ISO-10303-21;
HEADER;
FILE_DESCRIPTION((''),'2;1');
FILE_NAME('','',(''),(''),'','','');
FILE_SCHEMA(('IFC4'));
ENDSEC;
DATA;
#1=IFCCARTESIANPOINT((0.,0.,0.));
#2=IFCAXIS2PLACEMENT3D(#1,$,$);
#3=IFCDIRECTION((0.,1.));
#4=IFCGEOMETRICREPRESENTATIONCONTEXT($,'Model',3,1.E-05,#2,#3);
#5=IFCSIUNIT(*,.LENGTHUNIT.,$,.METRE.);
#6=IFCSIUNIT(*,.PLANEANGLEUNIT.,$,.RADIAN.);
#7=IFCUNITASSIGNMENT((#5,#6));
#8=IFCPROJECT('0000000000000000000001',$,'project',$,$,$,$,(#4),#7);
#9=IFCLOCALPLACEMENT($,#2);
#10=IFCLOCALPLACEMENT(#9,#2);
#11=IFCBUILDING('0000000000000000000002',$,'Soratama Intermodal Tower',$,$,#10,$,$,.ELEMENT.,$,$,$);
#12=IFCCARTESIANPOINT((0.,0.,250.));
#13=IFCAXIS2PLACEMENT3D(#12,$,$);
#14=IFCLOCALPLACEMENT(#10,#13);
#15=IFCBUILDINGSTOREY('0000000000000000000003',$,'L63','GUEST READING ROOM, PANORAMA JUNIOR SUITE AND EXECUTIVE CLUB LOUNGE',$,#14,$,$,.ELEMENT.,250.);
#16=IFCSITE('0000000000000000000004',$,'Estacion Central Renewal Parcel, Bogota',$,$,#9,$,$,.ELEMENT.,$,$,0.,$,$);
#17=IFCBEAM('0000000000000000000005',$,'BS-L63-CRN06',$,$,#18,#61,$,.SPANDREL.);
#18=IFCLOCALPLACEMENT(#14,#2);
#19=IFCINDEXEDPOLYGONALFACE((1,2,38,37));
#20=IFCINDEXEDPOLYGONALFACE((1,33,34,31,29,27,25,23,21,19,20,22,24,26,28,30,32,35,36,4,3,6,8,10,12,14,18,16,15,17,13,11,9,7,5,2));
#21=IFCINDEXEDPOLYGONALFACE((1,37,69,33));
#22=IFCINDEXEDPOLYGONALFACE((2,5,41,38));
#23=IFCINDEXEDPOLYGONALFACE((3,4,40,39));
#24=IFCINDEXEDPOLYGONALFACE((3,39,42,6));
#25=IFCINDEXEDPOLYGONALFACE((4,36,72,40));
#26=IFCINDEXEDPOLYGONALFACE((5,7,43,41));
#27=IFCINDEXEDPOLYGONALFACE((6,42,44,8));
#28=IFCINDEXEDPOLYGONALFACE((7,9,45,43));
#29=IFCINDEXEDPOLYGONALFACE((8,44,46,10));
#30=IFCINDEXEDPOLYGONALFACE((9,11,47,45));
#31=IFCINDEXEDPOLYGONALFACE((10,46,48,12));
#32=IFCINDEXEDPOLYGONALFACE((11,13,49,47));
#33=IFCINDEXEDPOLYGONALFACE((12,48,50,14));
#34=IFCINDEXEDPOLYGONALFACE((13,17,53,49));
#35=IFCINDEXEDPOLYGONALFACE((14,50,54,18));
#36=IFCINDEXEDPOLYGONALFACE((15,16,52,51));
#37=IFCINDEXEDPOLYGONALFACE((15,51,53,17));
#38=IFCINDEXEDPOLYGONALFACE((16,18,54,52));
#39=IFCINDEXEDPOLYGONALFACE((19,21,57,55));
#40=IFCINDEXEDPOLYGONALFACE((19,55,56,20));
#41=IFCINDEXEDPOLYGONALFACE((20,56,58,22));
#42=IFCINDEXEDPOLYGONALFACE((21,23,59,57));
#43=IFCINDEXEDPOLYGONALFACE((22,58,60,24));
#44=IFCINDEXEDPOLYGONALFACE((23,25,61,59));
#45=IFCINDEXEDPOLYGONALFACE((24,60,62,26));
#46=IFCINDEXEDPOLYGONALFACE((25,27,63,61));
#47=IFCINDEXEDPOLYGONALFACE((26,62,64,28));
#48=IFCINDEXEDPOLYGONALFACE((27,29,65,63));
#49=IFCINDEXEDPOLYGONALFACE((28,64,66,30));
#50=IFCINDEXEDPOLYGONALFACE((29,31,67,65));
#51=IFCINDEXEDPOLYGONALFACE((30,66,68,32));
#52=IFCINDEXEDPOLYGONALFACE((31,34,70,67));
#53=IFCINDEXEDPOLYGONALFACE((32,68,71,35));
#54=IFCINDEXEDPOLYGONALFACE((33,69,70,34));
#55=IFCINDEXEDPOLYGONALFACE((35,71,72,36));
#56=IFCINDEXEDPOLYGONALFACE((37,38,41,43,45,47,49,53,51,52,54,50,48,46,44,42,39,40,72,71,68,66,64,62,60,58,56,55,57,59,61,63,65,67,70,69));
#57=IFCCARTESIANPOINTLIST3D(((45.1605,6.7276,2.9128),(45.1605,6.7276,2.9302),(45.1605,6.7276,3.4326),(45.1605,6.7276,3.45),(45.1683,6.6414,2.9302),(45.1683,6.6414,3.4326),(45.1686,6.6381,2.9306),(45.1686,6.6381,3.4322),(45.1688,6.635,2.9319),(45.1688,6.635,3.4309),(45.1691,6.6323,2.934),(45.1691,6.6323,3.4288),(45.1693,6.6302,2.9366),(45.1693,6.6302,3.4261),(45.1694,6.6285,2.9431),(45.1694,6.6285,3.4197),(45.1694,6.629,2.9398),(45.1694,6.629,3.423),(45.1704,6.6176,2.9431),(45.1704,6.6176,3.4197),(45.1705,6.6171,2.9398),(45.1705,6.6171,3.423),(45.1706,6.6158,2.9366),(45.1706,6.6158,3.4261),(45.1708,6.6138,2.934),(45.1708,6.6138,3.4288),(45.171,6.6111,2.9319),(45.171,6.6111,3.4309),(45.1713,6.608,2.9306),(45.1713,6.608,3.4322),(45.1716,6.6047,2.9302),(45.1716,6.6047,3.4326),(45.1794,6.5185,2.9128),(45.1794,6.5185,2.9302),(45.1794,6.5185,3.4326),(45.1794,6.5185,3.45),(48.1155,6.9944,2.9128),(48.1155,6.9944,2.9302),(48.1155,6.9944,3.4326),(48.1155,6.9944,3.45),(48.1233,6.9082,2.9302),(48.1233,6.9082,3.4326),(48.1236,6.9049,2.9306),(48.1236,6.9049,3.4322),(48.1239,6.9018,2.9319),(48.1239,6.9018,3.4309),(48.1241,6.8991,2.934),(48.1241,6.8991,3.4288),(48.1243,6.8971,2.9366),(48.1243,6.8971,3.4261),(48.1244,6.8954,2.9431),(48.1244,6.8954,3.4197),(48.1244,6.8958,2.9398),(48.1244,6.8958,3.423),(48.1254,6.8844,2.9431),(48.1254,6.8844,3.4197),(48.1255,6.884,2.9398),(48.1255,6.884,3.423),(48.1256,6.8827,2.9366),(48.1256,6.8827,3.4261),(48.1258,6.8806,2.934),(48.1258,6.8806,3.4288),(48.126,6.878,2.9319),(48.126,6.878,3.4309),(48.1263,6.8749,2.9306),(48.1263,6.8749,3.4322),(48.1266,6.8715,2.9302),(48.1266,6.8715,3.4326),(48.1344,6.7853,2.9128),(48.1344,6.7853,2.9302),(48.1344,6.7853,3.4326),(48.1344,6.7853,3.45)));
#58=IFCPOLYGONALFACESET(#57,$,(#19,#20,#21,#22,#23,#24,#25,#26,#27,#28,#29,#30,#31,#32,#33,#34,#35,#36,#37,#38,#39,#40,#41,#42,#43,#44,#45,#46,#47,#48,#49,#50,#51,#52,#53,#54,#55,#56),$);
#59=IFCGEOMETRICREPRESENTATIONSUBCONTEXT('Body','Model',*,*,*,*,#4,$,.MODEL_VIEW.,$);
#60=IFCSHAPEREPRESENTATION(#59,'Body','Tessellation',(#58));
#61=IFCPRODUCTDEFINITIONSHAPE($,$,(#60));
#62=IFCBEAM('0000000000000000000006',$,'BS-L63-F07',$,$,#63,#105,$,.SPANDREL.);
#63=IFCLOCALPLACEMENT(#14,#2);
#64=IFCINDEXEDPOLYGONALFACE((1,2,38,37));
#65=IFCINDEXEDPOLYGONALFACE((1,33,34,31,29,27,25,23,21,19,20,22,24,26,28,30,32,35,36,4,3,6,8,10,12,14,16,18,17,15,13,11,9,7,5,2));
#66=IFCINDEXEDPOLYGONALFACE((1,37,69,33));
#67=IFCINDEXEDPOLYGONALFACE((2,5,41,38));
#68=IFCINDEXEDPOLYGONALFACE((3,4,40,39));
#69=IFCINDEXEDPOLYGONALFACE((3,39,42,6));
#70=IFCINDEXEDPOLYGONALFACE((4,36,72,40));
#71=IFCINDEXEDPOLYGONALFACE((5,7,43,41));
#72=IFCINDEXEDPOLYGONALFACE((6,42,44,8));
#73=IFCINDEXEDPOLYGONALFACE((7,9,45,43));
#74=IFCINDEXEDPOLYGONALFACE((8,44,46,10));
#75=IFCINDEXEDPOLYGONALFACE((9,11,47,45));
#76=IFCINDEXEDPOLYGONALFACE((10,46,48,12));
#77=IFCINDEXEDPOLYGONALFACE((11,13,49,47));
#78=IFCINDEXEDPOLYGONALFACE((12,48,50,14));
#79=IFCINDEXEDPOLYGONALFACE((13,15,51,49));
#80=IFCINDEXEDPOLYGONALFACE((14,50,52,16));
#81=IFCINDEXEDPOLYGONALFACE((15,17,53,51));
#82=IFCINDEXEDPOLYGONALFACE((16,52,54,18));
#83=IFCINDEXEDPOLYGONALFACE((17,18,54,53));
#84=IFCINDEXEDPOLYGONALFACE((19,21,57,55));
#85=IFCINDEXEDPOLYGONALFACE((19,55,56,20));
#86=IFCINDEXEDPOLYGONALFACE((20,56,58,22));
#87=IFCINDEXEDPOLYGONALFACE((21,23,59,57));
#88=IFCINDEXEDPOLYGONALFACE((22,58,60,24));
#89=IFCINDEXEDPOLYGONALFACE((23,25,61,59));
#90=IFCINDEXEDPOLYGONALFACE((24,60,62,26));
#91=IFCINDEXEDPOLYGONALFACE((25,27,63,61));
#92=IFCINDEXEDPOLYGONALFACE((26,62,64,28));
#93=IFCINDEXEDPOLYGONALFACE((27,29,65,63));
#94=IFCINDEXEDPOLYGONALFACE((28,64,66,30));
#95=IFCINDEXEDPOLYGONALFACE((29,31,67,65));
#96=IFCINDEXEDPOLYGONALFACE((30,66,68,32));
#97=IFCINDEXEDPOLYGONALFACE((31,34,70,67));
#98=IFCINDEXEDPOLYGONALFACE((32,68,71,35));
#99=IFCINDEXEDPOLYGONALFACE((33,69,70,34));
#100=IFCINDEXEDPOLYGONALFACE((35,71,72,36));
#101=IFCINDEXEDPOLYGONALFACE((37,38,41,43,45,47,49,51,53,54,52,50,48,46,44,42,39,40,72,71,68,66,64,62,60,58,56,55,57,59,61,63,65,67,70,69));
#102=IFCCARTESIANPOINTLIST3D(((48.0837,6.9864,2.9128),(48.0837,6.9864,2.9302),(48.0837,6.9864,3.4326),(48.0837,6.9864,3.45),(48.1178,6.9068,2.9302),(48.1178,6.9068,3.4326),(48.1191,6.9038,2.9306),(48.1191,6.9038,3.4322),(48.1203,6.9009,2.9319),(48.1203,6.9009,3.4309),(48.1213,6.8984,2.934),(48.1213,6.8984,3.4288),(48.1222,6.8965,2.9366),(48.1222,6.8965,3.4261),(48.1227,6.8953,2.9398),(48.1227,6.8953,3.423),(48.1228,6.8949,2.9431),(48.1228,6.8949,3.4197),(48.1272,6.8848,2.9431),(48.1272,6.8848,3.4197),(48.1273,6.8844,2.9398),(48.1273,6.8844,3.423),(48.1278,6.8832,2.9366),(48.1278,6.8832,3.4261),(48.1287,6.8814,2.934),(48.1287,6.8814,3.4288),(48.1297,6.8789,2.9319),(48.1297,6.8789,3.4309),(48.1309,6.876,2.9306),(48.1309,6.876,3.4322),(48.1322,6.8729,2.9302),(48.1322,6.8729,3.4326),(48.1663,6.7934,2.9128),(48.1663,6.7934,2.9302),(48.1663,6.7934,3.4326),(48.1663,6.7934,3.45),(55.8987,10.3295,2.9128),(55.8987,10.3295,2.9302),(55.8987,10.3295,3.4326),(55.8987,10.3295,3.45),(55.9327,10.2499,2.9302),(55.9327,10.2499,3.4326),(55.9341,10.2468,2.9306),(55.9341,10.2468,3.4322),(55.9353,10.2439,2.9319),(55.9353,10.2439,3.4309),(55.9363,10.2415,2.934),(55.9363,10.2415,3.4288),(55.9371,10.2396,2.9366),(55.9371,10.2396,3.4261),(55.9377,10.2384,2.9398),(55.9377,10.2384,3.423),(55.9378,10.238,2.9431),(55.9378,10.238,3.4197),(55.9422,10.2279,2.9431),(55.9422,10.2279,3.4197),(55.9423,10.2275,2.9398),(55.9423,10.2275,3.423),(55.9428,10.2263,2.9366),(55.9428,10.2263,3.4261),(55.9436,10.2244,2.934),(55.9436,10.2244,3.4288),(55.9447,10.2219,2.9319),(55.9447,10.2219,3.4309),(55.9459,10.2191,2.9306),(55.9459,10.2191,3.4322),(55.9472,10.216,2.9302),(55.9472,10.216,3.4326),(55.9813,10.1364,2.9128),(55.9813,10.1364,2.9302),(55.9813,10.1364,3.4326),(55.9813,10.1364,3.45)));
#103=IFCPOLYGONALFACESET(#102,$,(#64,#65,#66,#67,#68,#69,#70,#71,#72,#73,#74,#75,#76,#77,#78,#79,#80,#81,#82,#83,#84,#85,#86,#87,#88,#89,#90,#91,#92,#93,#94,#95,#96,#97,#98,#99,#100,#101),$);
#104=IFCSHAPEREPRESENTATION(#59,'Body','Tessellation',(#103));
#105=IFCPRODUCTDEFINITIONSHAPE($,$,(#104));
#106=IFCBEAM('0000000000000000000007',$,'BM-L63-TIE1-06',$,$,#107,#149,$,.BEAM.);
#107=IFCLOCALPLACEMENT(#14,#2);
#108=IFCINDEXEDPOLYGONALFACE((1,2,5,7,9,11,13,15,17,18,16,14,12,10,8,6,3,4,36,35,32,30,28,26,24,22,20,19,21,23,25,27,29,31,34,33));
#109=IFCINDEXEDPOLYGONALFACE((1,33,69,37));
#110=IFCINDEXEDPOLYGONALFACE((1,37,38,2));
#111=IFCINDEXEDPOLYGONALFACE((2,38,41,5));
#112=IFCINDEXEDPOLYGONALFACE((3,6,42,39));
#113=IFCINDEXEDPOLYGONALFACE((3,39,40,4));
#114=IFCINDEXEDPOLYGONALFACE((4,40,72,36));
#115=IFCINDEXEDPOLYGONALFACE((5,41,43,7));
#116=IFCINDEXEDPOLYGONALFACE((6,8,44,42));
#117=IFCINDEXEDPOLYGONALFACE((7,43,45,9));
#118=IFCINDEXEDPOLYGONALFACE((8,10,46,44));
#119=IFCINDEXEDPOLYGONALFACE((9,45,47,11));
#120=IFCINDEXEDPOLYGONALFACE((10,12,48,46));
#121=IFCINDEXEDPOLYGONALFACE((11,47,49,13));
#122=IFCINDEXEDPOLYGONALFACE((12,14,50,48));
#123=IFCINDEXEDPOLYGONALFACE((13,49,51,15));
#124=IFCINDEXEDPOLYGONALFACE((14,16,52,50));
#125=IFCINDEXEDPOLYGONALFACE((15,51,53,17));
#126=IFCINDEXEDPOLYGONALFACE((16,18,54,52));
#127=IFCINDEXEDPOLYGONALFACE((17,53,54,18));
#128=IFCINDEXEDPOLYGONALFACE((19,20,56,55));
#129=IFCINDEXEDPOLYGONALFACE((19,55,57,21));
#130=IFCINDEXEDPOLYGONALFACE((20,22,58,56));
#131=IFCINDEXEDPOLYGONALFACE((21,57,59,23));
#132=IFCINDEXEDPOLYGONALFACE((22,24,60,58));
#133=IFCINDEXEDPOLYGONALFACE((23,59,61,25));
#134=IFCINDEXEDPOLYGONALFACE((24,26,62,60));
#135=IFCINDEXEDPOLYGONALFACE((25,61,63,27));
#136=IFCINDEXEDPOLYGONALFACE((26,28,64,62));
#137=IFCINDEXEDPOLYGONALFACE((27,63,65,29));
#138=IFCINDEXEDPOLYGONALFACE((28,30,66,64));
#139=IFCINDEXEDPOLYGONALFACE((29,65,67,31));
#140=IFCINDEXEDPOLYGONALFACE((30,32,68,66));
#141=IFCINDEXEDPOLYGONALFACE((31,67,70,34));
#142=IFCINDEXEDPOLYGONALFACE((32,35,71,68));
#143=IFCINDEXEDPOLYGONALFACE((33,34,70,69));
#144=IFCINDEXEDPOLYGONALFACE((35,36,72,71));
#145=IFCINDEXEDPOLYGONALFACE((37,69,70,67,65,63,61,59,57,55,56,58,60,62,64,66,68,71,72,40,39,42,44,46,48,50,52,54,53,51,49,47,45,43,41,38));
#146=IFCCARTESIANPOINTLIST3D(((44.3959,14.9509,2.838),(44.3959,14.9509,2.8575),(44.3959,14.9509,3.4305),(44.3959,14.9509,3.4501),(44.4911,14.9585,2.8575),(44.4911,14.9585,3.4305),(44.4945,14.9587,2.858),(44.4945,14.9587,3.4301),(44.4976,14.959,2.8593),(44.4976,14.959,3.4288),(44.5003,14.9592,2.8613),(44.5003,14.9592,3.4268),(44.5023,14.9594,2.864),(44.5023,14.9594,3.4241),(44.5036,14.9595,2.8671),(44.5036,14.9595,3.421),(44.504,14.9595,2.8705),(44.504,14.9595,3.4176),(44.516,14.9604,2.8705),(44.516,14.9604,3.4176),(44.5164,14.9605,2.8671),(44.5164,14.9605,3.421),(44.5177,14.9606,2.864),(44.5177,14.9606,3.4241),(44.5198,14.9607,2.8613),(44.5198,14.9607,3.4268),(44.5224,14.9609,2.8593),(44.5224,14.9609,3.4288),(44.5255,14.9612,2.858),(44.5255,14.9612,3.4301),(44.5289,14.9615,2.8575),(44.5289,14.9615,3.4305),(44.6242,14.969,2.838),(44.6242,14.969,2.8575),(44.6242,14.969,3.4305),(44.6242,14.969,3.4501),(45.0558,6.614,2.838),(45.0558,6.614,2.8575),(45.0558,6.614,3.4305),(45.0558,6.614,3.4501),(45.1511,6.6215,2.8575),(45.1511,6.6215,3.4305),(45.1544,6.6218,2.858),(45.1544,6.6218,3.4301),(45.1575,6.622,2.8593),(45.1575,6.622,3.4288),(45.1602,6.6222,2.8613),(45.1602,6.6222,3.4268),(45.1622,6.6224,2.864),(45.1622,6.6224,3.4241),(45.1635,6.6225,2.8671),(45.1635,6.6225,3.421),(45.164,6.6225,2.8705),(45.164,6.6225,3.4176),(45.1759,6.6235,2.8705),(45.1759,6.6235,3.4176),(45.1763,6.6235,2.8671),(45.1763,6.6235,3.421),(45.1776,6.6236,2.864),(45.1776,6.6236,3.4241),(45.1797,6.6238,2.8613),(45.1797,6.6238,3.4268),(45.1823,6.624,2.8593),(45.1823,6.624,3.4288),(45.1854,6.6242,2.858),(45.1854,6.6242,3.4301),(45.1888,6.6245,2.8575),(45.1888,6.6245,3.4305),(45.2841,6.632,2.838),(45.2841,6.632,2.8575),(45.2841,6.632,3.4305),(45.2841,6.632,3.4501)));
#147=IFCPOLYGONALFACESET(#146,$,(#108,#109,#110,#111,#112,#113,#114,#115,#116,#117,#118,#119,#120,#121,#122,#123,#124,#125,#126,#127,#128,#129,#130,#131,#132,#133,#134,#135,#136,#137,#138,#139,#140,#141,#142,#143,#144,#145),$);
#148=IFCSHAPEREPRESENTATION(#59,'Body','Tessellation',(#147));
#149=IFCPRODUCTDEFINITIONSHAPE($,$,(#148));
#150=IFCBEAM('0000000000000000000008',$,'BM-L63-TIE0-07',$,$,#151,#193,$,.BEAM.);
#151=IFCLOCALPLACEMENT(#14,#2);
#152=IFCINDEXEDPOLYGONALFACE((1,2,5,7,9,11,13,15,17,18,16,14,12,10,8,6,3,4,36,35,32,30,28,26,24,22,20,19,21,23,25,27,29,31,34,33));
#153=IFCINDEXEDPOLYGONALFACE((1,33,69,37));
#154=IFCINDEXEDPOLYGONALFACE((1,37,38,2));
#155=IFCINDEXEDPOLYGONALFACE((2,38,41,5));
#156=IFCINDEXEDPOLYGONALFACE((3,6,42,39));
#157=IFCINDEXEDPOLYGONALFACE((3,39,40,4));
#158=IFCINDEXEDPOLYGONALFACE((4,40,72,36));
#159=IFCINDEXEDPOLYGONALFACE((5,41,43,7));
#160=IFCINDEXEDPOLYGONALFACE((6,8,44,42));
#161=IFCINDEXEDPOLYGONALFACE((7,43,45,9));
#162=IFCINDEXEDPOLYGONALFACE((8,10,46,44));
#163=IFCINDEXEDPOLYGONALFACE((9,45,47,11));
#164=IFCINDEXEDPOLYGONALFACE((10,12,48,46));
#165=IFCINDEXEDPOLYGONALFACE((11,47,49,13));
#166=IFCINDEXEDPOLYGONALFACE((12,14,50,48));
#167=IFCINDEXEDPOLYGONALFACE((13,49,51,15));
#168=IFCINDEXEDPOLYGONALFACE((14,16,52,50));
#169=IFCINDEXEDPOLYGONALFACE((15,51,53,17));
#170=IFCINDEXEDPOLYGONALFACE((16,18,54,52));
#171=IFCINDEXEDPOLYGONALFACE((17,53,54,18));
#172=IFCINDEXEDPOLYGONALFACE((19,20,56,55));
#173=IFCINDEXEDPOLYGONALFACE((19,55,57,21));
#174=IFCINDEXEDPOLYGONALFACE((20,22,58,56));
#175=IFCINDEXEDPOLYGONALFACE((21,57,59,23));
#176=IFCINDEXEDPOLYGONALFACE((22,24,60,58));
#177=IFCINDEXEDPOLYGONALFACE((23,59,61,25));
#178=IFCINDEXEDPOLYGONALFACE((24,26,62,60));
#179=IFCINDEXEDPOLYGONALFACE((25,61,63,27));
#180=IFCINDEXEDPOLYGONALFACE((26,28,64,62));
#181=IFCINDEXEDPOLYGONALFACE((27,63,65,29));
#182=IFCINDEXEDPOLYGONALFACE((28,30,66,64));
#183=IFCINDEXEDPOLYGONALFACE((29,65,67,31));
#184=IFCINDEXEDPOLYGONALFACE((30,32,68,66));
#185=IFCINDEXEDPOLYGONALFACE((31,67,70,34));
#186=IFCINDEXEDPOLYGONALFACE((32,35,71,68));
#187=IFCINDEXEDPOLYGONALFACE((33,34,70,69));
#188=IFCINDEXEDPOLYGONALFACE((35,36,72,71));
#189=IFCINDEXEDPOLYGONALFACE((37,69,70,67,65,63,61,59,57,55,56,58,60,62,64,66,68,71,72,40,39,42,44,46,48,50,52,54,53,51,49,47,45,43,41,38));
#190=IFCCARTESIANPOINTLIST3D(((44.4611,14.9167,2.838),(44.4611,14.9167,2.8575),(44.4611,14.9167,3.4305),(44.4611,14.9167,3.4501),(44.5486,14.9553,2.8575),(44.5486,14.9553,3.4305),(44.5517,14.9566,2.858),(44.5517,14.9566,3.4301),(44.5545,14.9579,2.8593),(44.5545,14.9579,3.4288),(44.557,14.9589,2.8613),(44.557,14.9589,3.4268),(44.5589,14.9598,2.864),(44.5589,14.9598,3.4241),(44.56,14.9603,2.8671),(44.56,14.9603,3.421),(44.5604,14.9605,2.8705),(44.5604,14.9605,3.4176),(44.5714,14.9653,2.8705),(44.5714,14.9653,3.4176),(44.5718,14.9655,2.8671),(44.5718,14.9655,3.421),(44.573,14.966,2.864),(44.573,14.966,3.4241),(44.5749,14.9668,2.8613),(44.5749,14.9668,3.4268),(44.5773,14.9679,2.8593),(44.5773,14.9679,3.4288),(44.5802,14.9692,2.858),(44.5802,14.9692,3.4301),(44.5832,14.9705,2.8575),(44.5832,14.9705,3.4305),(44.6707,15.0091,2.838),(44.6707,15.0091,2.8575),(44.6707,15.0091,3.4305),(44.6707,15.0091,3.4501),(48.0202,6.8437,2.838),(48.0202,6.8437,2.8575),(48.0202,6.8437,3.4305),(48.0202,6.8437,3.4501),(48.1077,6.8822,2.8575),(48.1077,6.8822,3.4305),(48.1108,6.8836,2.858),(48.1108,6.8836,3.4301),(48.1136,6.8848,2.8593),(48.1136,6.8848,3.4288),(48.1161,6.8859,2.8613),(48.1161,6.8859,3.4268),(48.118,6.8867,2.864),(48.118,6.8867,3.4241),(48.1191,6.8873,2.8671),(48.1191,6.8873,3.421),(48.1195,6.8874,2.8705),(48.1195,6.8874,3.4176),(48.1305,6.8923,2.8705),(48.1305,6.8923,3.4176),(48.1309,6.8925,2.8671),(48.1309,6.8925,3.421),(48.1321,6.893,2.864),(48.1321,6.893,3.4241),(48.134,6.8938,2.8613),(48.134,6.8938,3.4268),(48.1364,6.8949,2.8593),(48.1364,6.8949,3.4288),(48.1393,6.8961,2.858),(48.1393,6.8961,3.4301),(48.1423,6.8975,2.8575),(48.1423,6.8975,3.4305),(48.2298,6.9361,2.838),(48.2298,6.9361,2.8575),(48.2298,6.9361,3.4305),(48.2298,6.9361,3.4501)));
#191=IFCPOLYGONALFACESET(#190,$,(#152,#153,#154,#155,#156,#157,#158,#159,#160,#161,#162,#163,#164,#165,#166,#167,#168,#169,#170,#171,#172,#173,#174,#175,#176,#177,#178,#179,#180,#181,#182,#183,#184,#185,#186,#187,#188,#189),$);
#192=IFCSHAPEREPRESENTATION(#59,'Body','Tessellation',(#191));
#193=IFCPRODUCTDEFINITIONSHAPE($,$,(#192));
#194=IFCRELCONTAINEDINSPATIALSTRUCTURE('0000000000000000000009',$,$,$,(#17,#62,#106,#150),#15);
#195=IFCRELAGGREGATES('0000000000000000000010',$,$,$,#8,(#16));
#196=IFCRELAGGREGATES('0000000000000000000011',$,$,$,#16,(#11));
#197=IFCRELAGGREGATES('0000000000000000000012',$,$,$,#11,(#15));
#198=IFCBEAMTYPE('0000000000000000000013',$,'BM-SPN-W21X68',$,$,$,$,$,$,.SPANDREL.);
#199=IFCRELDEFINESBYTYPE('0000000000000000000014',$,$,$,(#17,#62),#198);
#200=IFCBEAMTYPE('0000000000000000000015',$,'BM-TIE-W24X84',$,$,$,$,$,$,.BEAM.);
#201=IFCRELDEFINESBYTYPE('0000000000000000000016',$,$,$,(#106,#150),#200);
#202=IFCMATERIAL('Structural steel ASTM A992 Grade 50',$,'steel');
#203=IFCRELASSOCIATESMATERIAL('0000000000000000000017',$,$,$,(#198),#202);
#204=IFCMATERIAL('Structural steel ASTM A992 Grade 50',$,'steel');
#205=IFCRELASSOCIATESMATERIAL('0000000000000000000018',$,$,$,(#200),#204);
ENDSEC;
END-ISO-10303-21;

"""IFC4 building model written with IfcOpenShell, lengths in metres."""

from ifc_helpers import new_model, si_unit, direction, frame, origin, origin_2d, place, context, subcontext, project, spatial, i_section, extrude, material, material_profile, profile_set, type_object, element, save


model = new_model("IFC4")

# Units and contexts
model_context = context("Model", 3, precision=1e-05, world=origin(), true_north=direction((0.0, 1.0)))
body_context = subcontext(model_context, "Body", "Model", "MODEL_VIEW")
ifc_project = project(units=[si_unit("LENGTHUNIT", "METRE"), si_unit("PLANEANGLEUNIT", "RADIAN")], contexts=[model_context])

# Site, building, storey
site_placement = place(None, origin())
site = spatial("IfcSite", under=ifc_project, at=site_placement, Name="Estacion Central Renewal Parcel, Bogota", CompositionType="ELEMENT", RefElevation=0.0)
building_placement = place(site_placement, origin())
building = spatial("IfcBuilding", under=site, at=building_placement, Name="Soratama Intermodal Tower", CompositionType="ELEMENT")
storey_placement = place(building_placement, frame((0.0, 0.0, 250.0)))
storey = spatial("IfcBuildingStorey", under=building, at=storey_placement, Name="L63", Description="GUEST READING ROOM, PANORAMA JUNIOR SUITE AND EXECUTIVE CLUB LOUNGE", CompositionType="ELEMENT", Elevation=250.0)

# Beams
ifc_material_1 = material(Name="Structural steel ASTM A992 Grade 50", Category="steel")
ifc_material_profile_1 = material_profile(ifc_material_1, i_section(OverallWidth=0.21, OverallDepth=0.5371, WebThickness=0.011, FlangeThickness=0.0173, FilletRadius=0.0129, at=origin_2d()), Name="W21X68")
ifc_profile_set_1 = profile_set([ifc_material_profile_1], Name="Structural steel ASTM A992 Grade 50")
beam_type_1 = type_object("IfcBeamType", Name="BM-SPN-W21X68", PredefinedType="SPANDREL", material=ifc_profile_set_1)
beam_1_placement = place(storey_placement, frame((45.1699, 6.623, 3.1814), z_axis=(0.995948, 0.089935, 0.0), x_axis=(-0.089935, 0.995948, 0.0)))
element("IfcBeam", 1, at=beam_1_placement, inside=storey, type_object=beam_type_1, Name="BS-L63-CRN06", PredefinedType="SPANDREL", context=body_context, shape_type="SweptSolid", body=[
    extrude(i_section(OverallWidth=0.21, OverallDepth=0.5371, WebThickness=0.011, FlangeThickness=0.0173, FilletRadius=0.0129, at=origin_2d()), origin(), (0.0, 0.0, 1.0), 2.967),
])
beam_2_placement = place(storey_placement, frame((48.125, 6.8899, 3.1814), z_axis=(0.919411, 0.393299, 0.0), x_axis=(-0.393299, 0.919411, 0.0)))
element("IfcBeam", 2, at=beam_2_placement, inside=storey, type_object=beam_type_1, Name="BS-L63-F07", PredefinedType="SPANDREL", context=body_context, shape_type="SweptSolid", body=[
    extrude(i_section(OverallWidth=0.21, OverallDepth=0.5371, WebThickness=0.011, FlangeThickness=0.0173, FilletRadius=0.0129, at=origin_2d()), origin(), (0.0, 0.0, 1.0), 8.5),
])
ifc_material_2 = material(Name="Structural steel ASTM A992 Grade 50", Category="steel")
ifc_material_profile_2 = material_profile(ifc_material_2, i_section(OverallWidth=0.229, OverallDepth=0.6121, WebThickness=0.012, FlangeThickness=0.0195, FilletRadius=0.0129, at=origin_2d()), Name="W24X84")
ifc_profile_set_2 = profile_set([ifc_material_profile_2], Name="Structural steel ASTM A992 Grade 50")
beam_type_2 = type_object("IfcBeamType", Name="BM-TIE-W24X84", PredefinedType="BEAM", material=ifc_profile_set_2)
beam_3_placement = place(storey_placement, frame((44.51, 14.96, 3.144), z_axis=(0.078909, -0.996882, 0.0), x_axis=(0.996882, 0.078909, 0.0)))
element("IfcBeam", 3, at=beam_3_placement, inside=storey, type_object=beam_type_2, Name="BM-L63-TIE1-06", PredefinedType="BEAM", context=body_context, shape_type="SweptSolid", body=[
    extrude(i_section(OverallWidth=0.229, OverallDepth=0.6121, WebThickness=0.012, FlangeThickness=0.0195, FilletRadius=0.0129, at=origin_2d()), origin(), (0.0, 0.0, 1.0), 8.363),
])
beam_4_placement = place(storey_placement, frame((44.5659, 14.9629, 3.144), z_axis=(0.4034, -0.915024, 0.0), x_axis=(0.915024, 0.4034, 0.0)))
element("IfcBeam", 4, at=beam_4_placement, inside=storey, type_object=beam_type_2, Name="BM-L63-TIE0-07", PredefinedType="BEAM", context=body_context, shape_type="SweptSolid", body=[
    extrude(i_section(OverallWidth=0.229, OverallDepth=0.6121, WebThickness=0.012, FlangeThickness=0.0195, FilletRadius=0.0129, at=origin_2d()), origin(), (0.0, 0.0, 1.0), 8.8228),
])

save(model, "model.ifc")
